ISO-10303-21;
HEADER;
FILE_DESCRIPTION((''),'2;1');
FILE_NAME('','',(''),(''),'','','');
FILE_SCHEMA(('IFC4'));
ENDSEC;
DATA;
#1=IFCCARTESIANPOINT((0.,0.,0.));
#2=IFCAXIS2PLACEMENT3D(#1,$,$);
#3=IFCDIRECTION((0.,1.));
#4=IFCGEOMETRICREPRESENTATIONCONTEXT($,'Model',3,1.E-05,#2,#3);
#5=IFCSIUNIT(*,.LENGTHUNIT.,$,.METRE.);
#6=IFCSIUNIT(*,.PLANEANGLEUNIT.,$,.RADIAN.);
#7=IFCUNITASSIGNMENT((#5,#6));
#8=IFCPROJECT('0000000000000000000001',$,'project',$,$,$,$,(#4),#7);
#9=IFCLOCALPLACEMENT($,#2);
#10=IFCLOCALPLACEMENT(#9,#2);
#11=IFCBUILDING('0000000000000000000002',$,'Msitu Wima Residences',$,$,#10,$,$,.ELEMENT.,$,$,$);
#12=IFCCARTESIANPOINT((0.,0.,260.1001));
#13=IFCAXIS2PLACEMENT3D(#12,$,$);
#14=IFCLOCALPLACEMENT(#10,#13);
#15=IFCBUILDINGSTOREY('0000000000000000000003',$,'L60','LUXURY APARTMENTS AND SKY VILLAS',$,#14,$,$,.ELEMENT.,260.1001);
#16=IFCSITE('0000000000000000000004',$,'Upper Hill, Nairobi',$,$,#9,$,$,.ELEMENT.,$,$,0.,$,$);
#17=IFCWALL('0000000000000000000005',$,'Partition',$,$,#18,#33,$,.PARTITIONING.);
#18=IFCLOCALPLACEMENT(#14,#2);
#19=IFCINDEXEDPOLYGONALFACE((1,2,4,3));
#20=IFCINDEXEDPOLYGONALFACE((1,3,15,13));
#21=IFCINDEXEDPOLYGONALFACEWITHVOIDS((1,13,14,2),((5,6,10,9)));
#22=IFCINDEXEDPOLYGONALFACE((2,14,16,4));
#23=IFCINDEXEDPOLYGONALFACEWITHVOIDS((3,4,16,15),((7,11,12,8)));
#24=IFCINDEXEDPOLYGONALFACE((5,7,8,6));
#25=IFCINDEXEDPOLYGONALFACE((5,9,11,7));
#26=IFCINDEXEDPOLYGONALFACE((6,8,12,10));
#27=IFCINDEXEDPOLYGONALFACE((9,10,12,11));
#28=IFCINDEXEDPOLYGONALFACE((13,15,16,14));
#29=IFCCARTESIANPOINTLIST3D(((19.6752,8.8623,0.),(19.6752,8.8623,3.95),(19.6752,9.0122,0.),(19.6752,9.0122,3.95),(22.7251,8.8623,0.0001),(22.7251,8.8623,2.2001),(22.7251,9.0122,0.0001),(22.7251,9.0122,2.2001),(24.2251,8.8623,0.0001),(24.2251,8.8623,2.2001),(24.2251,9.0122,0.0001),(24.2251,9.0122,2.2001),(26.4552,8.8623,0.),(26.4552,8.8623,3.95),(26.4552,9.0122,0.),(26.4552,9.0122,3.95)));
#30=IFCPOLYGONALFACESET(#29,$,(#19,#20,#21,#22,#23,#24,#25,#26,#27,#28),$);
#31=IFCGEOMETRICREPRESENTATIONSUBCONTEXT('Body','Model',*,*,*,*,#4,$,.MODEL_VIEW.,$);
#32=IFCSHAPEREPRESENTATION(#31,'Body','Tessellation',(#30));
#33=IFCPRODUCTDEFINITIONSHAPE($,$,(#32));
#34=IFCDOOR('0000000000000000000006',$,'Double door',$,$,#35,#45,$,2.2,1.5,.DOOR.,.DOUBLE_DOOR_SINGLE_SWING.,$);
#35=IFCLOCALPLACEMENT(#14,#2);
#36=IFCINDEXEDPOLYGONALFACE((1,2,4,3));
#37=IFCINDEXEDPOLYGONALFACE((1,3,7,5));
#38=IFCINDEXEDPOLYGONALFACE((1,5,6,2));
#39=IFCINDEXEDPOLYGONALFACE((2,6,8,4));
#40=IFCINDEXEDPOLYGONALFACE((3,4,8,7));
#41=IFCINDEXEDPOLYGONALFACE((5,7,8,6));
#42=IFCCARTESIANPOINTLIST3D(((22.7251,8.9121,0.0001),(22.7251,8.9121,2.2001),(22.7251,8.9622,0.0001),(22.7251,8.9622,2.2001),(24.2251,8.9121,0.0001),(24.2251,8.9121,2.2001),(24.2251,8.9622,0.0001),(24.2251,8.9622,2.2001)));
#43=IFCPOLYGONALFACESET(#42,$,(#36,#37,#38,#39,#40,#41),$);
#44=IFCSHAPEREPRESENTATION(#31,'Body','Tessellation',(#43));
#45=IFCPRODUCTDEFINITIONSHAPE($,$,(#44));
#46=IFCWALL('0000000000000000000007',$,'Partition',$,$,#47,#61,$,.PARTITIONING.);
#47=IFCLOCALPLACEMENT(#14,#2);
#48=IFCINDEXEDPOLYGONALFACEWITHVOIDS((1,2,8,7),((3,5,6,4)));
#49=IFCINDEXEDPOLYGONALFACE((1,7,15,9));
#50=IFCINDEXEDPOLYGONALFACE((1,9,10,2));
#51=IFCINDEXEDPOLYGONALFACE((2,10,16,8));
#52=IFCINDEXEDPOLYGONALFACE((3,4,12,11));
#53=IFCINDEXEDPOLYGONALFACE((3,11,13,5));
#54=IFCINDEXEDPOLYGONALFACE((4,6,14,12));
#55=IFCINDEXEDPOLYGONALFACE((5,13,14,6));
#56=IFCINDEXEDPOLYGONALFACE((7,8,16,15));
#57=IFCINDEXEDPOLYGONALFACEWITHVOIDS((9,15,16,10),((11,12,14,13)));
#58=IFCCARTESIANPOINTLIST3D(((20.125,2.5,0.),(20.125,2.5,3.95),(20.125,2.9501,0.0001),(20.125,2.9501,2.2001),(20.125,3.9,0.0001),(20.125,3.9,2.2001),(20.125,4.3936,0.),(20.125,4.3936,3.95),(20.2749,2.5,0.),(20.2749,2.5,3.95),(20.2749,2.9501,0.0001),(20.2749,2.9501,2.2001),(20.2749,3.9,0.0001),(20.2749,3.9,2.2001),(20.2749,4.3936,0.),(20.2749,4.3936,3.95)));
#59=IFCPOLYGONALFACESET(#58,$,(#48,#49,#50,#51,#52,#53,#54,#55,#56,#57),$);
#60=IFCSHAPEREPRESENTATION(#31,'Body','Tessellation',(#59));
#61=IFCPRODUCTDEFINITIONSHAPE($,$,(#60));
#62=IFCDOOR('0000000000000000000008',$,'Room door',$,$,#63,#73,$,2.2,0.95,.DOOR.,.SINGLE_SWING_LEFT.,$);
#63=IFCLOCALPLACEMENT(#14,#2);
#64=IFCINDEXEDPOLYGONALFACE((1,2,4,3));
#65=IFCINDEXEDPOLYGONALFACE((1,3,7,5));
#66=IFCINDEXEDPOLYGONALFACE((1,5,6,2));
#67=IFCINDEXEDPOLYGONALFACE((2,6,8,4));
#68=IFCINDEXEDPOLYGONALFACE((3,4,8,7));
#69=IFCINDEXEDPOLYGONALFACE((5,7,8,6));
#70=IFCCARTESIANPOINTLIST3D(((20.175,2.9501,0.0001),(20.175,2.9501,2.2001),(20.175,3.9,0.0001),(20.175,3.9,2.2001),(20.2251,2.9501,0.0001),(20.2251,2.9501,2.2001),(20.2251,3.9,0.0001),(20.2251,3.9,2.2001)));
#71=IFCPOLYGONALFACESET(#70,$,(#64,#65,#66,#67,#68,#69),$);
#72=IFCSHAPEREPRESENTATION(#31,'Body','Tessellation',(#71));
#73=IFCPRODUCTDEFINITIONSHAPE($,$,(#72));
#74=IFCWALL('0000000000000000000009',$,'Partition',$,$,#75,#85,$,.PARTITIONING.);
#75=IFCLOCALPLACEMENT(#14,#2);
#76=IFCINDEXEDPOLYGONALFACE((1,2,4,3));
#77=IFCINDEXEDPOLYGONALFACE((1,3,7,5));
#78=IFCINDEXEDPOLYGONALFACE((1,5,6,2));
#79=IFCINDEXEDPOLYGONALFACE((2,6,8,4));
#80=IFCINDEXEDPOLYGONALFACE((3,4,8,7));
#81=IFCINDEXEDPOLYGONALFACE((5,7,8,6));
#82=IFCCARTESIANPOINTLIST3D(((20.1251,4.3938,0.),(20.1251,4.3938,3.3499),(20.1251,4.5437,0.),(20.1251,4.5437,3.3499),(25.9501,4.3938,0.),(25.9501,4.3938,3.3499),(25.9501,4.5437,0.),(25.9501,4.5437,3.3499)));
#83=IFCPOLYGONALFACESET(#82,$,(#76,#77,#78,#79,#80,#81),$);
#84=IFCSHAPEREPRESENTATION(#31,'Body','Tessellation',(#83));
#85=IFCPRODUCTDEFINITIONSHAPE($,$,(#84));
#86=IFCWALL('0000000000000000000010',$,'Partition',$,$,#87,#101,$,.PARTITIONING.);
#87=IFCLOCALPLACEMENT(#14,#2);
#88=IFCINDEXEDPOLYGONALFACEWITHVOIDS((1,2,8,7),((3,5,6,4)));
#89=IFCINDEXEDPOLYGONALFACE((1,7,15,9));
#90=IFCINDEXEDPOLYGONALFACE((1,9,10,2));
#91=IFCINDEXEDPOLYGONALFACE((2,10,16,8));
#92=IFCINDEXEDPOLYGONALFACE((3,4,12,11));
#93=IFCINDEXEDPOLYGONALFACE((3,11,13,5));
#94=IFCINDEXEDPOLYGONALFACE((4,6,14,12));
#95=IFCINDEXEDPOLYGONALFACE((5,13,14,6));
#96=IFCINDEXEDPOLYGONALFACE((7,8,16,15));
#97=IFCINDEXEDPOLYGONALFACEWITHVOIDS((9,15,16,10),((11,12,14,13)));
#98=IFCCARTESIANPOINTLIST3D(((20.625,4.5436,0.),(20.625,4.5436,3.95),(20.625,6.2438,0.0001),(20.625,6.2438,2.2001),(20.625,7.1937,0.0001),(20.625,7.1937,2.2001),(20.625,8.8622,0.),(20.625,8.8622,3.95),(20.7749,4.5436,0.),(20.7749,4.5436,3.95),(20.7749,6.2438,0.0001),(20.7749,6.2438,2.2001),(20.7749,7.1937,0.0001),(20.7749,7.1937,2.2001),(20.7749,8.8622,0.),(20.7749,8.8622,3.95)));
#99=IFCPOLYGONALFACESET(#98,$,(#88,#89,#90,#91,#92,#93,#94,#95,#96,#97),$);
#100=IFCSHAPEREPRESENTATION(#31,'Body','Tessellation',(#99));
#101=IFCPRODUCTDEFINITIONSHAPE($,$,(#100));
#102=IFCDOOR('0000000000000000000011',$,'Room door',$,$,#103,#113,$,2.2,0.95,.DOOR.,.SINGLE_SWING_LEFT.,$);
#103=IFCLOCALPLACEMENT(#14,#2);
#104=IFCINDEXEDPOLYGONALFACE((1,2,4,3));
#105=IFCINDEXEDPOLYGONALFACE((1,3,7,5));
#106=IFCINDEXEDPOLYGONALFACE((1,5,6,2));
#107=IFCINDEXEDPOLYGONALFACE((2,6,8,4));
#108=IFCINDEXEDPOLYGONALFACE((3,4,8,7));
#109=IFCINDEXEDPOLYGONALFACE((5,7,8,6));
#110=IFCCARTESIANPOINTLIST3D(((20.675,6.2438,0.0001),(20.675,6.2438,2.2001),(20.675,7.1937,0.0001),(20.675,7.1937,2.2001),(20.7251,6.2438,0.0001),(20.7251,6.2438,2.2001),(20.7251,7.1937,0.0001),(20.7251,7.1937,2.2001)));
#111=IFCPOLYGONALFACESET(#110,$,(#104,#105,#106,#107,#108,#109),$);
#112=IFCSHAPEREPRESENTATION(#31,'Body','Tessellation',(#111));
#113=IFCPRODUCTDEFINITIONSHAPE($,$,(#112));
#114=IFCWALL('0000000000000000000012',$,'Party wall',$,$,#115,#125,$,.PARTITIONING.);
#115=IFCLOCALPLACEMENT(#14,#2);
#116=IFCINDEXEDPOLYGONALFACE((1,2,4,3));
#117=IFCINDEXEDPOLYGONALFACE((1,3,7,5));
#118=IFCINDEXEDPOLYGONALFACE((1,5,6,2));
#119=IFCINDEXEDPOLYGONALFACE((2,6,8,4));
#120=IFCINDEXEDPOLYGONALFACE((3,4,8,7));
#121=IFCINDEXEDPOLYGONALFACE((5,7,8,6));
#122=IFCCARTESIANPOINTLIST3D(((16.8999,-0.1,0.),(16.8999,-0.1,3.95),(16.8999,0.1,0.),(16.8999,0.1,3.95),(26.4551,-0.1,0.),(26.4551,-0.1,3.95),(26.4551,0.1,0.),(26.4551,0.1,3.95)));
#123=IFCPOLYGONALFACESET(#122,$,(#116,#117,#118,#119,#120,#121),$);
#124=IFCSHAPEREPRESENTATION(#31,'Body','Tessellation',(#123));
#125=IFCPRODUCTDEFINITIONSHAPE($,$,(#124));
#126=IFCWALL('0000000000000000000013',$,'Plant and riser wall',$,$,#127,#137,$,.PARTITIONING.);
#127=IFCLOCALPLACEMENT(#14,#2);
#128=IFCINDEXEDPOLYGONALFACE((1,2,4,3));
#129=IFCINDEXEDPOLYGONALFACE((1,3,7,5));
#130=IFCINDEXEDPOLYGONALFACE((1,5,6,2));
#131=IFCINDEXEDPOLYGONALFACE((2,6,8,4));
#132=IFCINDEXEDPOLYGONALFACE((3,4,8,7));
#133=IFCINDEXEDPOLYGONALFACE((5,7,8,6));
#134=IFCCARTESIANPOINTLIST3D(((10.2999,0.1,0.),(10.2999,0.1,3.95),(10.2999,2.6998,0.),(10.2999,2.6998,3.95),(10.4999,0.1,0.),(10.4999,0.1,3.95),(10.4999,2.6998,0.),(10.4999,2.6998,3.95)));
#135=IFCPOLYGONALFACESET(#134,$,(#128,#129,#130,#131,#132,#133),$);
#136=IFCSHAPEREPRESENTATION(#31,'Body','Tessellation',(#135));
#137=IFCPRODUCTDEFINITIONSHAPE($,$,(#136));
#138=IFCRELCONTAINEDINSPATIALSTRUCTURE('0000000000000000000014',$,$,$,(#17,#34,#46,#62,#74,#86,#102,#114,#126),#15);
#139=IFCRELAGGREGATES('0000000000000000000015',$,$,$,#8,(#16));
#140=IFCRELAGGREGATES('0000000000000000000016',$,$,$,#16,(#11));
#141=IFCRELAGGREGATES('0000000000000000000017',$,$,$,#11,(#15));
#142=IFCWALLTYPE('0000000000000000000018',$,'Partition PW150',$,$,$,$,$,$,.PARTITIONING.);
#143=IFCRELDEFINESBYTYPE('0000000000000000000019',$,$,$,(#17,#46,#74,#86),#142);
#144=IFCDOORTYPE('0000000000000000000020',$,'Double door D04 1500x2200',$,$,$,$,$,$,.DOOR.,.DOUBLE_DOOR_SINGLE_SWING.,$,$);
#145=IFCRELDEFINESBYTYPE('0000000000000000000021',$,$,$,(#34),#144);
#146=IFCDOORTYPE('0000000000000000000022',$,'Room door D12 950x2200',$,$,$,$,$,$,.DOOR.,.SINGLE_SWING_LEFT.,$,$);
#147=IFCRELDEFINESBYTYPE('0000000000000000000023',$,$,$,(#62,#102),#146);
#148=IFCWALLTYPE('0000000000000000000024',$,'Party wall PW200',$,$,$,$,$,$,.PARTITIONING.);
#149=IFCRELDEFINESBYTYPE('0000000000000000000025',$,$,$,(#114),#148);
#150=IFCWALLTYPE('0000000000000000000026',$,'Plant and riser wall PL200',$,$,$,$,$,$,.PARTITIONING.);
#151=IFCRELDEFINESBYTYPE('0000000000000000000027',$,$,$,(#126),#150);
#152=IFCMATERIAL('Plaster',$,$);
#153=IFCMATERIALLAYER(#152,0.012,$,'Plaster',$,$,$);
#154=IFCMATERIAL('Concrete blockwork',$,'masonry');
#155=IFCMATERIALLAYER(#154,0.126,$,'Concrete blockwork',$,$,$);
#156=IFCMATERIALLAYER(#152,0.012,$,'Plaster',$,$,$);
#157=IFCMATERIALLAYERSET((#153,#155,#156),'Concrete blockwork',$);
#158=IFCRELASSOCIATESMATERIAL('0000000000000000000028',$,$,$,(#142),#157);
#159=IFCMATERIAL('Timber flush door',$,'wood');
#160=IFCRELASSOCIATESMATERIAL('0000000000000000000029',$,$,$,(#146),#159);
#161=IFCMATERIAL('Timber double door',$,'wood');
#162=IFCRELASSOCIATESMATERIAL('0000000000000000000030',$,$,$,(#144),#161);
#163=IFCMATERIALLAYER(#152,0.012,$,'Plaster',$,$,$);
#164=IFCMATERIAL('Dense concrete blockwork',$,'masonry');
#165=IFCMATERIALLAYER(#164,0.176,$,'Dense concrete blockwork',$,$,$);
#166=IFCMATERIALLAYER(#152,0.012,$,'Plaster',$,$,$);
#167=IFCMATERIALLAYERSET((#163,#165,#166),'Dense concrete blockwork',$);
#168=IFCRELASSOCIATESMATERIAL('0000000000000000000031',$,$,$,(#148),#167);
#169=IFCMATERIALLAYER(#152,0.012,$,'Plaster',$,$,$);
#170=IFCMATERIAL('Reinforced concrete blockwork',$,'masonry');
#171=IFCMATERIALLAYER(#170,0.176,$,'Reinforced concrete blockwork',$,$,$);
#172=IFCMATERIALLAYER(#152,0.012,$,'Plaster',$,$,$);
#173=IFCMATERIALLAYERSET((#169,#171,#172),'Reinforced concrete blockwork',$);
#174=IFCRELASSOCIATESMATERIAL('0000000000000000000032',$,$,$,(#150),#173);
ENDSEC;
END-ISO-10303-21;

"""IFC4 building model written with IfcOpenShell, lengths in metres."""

from ifc_helpers import new_model, si_unit, direction, frame, frame_2d, origin, place, context, subcontext, project, spatial, rectangle, extrude, material, layer, layer_set, type_object, element, fill, save


model = new_model("IFC4")

# Units and contexts
model_context = context("Model", 3, precision=1e-05, world=origin(), true_north=direction((0.0, 1.0)))
body_context = subcontext(model_context, "Body", "Model", "MODEL_VIEW")
ifc_project = project(units=[si_unit("LENGTHUNIT", "METRE"), si_unit("PLANEANGLEUNIT", "RADIAN")], contexts=[model_context])

# Site, building, storey
site_placement = place(None, origin())
site = spatial("IfcSite", under=ifc_project, at=site_placement, Name="Upper Hill, Nairobi", CompositionType="ELEMENT", RefElevation=0.0)
building_placement = place(site_placement, origin())
building = spatial("IfcBuilding", under=site, at=building_placement, Name="Msitu Wima Residences", CompositionType="ELEMENT")
storey_placement = place(building_placement, frame((0.0, 0.0, 260.1001)))
storey = spatial("IfcBuildingStorey", under=building, at=storey_placement, Name="L60", Description="LUXURY APARTMENTS AND SKY VILLAS", CompositionType="ELEMENT", Elevation=260.1001)

# Walls, openings, doors
ifc_material_1 = material(Name="Plaster")
ifc_layer_1 = layer(ifc_material_1, 0.012, Name="Plaster")
ifc_material_2 = material(Name="Concrete blockwork", Category="masonry")
ifc_layer_2 = layer(ifc_material_2, 0.126, Name="Concrete blockwork")
ifc_layer_3 = layer(ifc_material_1, 0.012, Name="Plaster")
ifc_layer_set_1 = layer_set([ifc_layer_1, ifc_layer_2, ifc_layer_3], Name="Concrete blockwork")
wall_type_1 = type_object("IfcWallType", Name="Partition PW150", PredefinedType="PARTITIONING", material=ifc_layer_set_1)
ifc_material_3 = material(Name="Timber flush door", Category="wood")
door_type_1 = type_object("IfcDoorType", Name="Room door D12 950x2200", OperationType="SINGLE_SWING_LEFT", PredefinedType="DOOR", material=ifc_material_3)
wall_1_placement = place(storey_placement, frame((19.675, 8.9373, 0.0), z_axis=(0.0, 0.0, 1.0), x_axis=(1.0, 0.0, 0.0)))
wall_1 = element("IfcWall", 1, at=wall_1_placement, inside=storey, type_object=wall_type_1, Name="Partition", PredefinedType="PARTITIONING", context=body_context, shape_type="SweptSolid", body=[
    extrude(rectangle(XDim=6.78, YDim=0.1499, at=frame_2d((3.3901, 0.0))), origin(), (0.0, 0.0, 1.0), 3.95),
])
opening_1_placement = place(wall_1_placement, frame((3.05, 0.0, 0.0)))
opening_1 = element("IfcOpeningElement", 2, at=opening_1_placement, cuts=wall_1, PredefinedType="OPENING", context=body_context, shape_type="SweptSolid", body=[
    extrude(rectangle(XDim=1.5, YDim=2.2, at=frame_2d((0.75, 1.1001))), frame((0.0, 0.085, 0.0), z_axis=(0.0, -1.0, 0.0), x_axis=(1.0, 0.0, 0.0)), (0.0, 0.0, 1.0), 0.1699),
])
ifc_material_4 = material(Name="Timber double door", Category="wood")
door_type_2 = type_object("IfcDoorType", Name="Double door D04 1500x2200", OperationType="DOUBLE_DOOR_SINGLE_SWING", PredefinedType="DOOR", material=ifc_material_4)
door_1_placement = place(opening_1_placement, origin())
door_1 = element("IfcDoor", 3, at=door_1_placement, inside=storey, type_object=door_type_2, Name="Double door", OperationType="DOUBLE_DOOR_SINGLE_SWING", OverallHeight=2.2, OverallWidth=1.5, PredefinedType="DOOR", context=body_context, shape_type="SweptSolid", body=[
    extrude(rectangle(XDim=1.5, YDim=2.2, at=frame_2d((0.75, 1.1001))), frame((0.0, 0.0249, 0.0), z_axis=(0.0, -1.0, 0.0), x_axis=(1.0, 0.0, 0.0)), (0.0, 0.0, 1.0), 0.05),
])
fill(opening_1, door_1)
wall_2_placement = place(storey_placement, frame((20.2, 2.5, 0.0), z_axis=(0.0, 0.0, 1.0), x_axis=(0.0, 1.0, 0.0)))
wall_2 = element("IfcWall", 4, at=wall_2_placement, inside=storey, type_object=wall_type_1, Name="Partition", PredefinedType="PARTITIONING", context=body_context, shape_type="SweptSolid", body=[
    extrude(rectangle(XDim=1.8936, YDim=0.1499, at=frame_2d((0.9468, 0.0))), origin(), (0.0, 0.0, 1.0), 3.95),
])
opening_2_placement = place(wall_2_placement, frame((0.45, 0.0, 0.0)))
opening_2 = element("IfcOpeningElement", 5, at=opening_2_placement, cuts=wall_2, PredefinedType="OPENING", context=body_context, shape_type="SweptSolid", body=[
    extrude(rectangle(XDim=0.95, YDim=2.2, at=frame_2d((0.4751, 1.1001))), frame((0.0, 0.085, 0.0), z_axis=(0.0, -1.0, 0.0), x_axis=(1.0, 0.0, 0.0)), (0.0, 0.0, 1.0), 0.1699),
])
door_2_placement = place(opening_2_placement, origin())
door_2 = element("IfcDoor", 6, at=door_2_placement, inside=storey, type_object=door_type_1, Name="Room door", OperationType="SINGLE_SWING_LEFT", OverallHeight=2.2, OverallWidth=0.95, PredefinedType="DOOR", context=body_context, shape_type="SweptSolid", body=[
    extrude(rectangle(XDim=0.95, YDim=2.2, at=frame_2d((0.4751, 1.1001))), frame((0.0, 0.0249, 0.0), z_axis=(0.0, -1.0, 0.0), x_axis=(1.0, 0.0, 0.0)), (0.0, 0.0, 1.0), 0.05),
])
fill(opening_2, door_2)

# Wall
wall_3_placement = place(storey_placement, frame((20.125, 4.4688, 0.0), z_axis=(0.0, 0.0, 1.0), x_axis=(1.0, 0.0, 0.0)))
element("IfcWall", 7, at=wall_3_placement, inside=storey, type_object=wall_type_1, Name="Partition", PredefinedType="PARTITIONING", context=body_context, shape_type="SweptSolid", body=[
    extrude(rectangle(XDim=5.825, YDim=0.1499, at=frame_2d((2.9126, 0.0))), origin(), (0.0, 0.0, 1.0), 3.3499),
])

# Wall, opening, door
wall_4_placement = place(storey_placement, frame((20.7, 4.5437, 0.0), z_axis=(0.0, 0.0, 1.0), x_axis=(0.0, 1.0, 0.0)))
wall_4 = element("IfcWall", 8, at=wall_4_placement, inside=storey, type_object=wall_type_1, Name="Partition", PredefinedType="PARTITIONING", context=body_context, shape_type="SweptSolid", body=[
    extrude(rectangle(XDim=4.3186, YDim=0.1499, at=frame_2d((2.1592, 0.0))), origin(), (0.0, 0.0, 1.0), 3.95),
])
opening_3_placement = place(wall_4_placement, frame((1.7, 0.0, 0.0)))
opening_3 = element("IfcOpeningElement", 9, at=opening_3_placement, cuts=wall_4, PredefinedType="OPENING", context=body_context, shape_type="SweptSolid", body=[
    extrude(rectangle(XDim=0.95, YDim=2.2, at=frame_2d((0.4751, 1.1001))), frame((0.0, 0.085, 0.0), z_axis=(0.0, -1.0, 0.0), x_axis=(1.0, 0.0, 0.0)), (0.0, 0.0, 1.0), 0.1699),
])
door_3_placement = place(opening_3_placement, origin())
door_3 = element("IfcDoor", 10, at=door_3_placement, inside=storey, type_object=door_type_1, Name="Room door", OperationType="SINGLE_SWING_LEFT", OverallHeight=2.2, OverallWidth=0.95, PredefinedType="DOOR", context=body_context, shape_type="SweptSolid", body=[
    extrude(rectangle(XDim=0.95, YDim=2.2, at=frame_2d((0.4751, 1.1001))), frame((0.0, 0.0249, 0.0), z_axis=(0.0, -1.0, 0.0), x_axis=(1.0, 0.0, 0.0)), (0.0, 0.0, 1.0), 0.05),
])
fill(opening_3, door_3)

# Walls
ifc_layer_4 = layer(ifc_material_1, 0.012, Name="Plaster")
ifc_material_5 = material(Name="Dense concrete blockwork", Category="masonry")
ifc_layer_5 = layer(ifc_material_5, 0.176, Name="Dense concrete blockwork")
ifc_layer_6 = layer(ifc_material_1, 0.012, Name="Plaster")
ifc_layer_set_2 = layer_set([ifc_layer_4, ifc_layer_5, ifc_layer_6], Name="Dense concrete blockwork")
wall_type_2 = type_object("IfcWallType", Name="Party wall PW200", PredefinedType="PARTITIONING", material=ifc_layer_set_2)
wall_5_placement = place(storey_placement, frame((16.8999, 0.0, 0.0), z_axis=(0.0, 0.0, 1.0), x_axis=(1.0, 0.0, 0.0)))
element("IfcWall", 11, at=wall_5_placement, inside=storey, type_object=wall_type_2, Name="Party wall", PredefinedType="PARTITIONING", context=body_context, shape_type="SweptSolid", body=[
    extrude(rectangle(XDim=9.5552, YDim=0.2, at=frame_2d((4.7776, 0.0))), origin(), (0.0, 0.0, 1.0), 3.95),
])
ifc_layer_7 = layer(ifc_material_1, 0.012, Name="Plaster")
ifc_material_6 = material(Name="Reinforced concrete blockwork", Category="masonry")
ifc_layer_8 = layer(ifc_material_6, 0.176, Name="Reinforced concrete blockwork")
ifc_layer_9 = layer(ifc_material_1, 0.012, Name="Plaster")
ifc_layer_set_3 = layer_set([ifc_layer_7, ifc_layer_8, ifc_layer_9], Name="Reinforced concrete blockwork")
wall_type_3 = type_object("IfcWallType", Name="Plant and riser wall PL200", PredefinedType="PARTITIONING", material=ifc_layer_set_3)
wall_6_placement = place(storey_placement, frame((10.3999, 0.1001, 0.0), z_axis=(0.0, 0.0, 1.0), x_axis=(0.0, 1.0, 0.0)))
element("IfcWall", 12, at=wall_6_placement, inside=storey, type_object=wall_type_3, Name="Plant and riser wall", PredefinedType="PARTITIONING", context=body_context, shape_type="SweptSolid", body=[
    extrude(rectangle(XDim=2.5999, YDim=0.2, at=frame_2d((1.2998, 0.0))), origin(), (0.0, 0.0, 1.0), 3.95),
])

save(model, "model.ifc")
